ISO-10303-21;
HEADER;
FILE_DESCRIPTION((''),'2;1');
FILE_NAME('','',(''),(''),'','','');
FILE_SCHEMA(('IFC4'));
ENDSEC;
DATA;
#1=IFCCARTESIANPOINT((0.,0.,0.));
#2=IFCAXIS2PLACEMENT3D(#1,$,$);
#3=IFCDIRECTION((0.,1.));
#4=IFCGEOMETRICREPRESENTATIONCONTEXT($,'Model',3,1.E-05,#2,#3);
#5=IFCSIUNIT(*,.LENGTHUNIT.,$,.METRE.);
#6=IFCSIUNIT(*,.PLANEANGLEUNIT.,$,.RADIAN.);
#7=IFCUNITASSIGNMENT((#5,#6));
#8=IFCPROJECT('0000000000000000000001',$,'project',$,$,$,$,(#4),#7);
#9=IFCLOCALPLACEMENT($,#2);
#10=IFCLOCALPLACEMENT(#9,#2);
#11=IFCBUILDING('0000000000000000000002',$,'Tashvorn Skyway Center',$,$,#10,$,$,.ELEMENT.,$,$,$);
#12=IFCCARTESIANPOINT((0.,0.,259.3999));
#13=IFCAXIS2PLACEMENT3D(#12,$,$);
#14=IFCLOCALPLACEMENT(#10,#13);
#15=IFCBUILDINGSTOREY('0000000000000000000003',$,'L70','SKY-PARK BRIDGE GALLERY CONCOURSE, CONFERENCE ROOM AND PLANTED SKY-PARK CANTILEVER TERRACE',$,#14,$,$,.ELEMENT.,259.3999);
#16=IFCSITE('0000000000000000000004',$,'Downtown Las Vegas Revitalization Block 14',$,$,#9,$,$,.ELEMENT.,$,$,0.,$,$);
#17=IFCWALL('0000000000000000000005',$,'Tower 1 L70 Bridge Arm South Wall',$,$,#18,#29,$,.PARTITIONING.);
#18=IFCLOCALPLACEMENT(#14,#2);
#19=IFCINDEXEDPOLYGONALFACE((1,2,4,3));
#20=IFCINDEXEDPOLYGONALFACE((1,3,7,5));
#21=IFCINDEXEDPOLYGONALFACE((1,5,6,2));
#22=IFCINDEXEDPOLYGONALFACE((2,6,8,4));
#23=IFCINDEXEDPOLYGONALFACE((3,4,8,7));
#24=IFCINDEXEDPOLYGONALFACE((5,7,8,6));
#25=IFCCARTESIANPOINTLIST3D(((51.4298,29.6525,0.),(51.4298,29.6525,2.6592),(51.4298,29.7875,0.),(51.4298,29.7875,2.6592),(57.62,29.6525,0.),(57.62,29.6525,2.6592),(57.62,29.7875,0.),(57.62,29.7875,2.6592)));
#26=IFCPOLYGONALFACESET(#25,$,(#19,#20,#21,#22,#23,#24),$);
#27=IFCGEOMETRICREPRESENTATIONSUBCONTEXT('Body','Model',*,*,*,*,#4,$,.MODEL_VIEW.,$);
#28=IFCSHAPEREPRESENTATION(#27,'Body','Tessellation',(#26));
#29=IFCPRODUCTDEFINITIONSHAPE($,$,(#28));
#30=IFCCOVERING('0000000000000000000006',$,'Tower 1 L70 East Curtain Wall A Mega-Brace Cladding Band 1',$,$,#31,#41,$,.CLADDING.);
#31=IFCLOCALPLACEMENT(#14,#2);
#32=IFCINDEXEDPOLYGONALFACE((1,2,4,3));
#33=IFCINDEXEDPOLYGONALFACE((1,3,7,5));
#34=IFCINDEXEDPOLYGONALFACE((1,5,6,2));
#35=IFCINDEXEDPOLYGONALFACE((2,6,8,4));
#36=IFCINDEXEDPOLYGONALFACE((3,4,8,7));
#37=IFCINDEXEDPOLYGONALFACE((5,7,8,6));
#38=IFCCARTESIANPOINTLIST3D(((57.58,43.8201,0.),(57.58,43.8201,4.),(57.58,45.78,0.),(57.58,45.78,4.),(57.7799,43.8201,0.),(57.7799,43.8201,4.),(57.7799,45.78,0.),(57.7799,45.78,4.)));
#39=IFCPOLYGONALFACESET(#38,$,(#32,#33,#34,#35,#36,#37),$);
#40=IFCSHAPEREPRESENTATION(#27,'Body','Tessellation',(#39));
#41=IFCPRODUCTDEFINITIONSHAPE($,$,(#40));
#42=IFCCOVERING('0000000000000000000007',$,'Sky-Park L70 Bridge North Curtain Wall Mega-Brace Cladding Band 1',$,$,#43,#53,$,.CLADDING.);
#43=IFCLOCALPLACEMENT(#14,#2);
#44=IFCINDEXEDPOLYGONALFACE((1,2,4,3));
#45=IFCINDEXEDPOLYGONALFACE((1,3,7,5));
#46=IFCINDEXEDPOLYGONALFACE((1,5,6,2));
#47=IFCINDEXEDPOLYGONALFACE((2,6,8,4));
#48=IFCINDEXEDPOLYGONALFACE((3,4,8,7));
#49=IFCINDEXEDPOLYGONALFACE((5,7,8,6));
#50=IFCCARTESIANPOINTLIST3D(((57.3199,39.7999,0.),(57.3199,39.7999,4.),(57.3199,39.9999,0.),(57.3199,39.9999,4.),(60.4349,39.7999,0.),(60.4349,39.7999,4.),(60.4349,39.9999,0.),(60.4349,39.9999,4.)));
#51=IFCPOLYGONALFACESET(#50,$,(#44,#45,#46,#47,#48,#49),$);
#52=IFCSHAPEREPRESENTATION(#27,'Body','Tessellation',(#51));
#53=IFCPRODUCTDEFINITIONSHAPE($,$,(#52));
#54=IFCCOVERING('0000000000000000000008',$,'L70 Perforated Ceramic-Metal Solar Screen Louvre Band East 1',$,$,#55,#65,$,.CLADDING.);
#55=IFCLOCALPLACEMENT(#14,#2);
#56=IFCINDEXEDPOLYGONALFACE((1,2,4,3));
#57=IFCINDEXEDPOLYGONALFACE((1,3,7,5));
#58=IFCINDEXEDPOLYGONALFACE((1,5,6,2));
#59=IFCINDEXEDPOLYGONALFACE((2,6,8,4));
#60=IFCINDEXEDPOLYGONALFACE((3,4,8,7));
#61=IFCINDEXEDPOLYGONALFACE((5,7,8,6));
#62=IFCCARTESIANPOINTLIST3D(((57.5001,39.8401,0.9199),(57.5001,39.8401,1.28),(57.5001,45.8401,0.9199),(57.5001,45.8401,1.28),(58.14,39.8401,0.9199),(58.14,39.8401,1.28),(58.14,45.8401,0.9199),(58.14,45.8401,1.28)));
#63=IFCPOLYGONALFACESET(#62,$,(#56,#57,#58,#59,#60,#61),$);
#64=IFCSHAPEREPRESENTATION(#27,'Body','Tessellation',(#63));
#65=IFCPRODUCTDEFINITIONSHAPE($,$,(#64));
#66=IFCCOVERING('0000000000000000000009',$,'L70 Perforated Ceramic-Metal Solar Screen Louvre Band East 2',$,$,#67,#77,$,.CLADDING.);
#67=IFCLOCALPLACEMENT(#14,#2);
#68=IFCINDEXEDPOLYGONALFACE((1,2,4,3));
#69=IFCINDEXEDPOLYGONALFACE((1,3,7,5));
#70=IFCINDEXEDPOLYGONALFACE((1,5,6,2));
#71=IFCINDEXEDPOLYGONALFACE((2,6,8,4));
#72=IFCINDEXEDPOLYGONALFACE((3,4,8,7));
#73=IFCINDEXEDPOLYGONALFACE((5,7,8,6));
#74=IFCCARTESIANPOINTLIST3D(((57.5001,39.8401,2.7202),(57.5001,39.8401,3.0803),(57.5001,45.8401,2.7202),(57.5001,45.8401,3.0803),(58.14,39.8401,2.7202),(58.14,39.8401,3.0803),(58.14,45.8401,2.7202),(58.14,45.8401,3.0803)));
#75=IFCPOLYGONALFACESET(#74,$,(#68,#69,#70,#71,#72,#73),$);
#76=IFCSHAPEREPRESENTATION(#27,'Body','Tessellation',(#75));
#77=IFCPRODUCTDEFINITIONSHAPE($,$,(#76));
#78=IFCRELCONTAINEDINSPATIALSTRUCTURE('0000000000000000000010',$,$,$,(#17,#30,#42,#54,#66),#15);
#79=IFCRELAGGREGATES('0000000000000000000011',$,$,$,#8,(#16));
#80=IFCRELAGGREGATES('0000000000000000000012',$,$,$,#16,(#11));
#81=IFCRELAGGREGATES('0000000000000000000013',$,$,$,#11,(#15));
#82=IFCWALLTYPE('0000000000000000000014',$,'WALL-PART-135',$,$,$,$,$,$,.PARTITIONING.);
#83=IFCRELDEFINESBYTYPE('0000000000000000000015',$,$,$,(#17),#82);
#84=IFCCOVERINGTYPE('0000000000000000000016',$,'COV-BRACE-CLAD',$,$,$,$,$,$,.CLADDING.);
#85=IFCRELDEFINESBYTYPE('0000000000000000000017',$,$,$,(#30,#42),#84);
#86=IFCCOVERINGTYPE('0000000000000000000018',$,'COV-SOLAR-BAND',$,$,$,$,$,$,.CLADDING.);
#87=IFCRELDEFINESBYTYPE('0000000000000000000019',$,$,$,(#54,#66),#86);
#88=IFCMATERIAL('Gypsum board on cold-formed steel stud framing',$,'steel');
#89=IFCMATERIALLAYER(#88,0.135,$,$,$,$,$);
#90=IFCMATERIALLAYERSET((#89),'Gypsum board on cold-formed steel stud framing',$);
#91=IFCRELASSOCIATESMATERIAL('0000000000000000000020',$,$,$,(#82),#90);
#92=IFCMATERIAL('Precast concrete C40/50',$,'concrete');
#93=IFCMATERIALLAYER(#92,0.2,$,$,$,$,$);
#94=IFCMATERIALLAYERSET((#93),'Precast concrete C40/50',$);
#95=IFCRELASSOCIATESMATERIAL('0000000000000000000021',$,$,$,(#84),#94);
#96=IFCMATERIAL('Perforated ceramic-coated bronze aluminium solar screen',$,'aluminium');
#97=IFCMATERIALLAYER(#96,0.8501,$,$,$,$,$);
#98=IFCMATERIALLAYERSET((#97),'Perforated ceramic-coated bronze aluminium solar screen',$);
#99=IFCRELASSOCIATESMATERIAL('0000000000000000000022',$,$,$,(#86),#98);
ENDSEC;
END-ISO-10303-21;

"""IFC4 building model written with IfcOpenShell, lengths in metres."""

from ifc_helpers import new_model, si_unit, direction, frame, frame_2d, origin, origin_2d, place, context, subcontext, project, spatial, rectangle, extrude, material, layer, layer_set, type_object, element, save


model = new_model("IFC4")

# Units and contexts
model_context = context("Model", 3, precision=1e-05, world=origin(), true_north=direction((0.0, 1.0)))
body_context = subcontext(model_context, "Body", "Model", "MODEL_VIEW")
ifc_project = project(units=[si_unit("LENGTHUNIT", "METRE"), si_unit("PLANEANGLEUNIT", "RADIAN")], contexts=[model_context])

# Site, building, storey
site_placement = place(None, origin())
site = spatial("IfcSite", under=ifc_project, at=site_placement, Name="Downtown Las Vegas Revitalization Block 14", CompositionType="ELEMENT", RefElevation=0.0)
building_placement = place(site_placement, origin())
building = spatial("IfcBuilding", under=site, at=building_placement, Name="Tashvorn Skyway Center", CompositionType="ELEMENT")
storey_placement = place(building_placement, frame((0.0, 0.0, 259.3999)))
storey = spatial("IfcBuildingStorey", under=building, at=storey_placement, Name="L70", Description="SKY-PARK BRIDGE GALLERY CONCOURSE, CONFERENCE ROOM AND PLANTED SKY-PARK CANTILEVER TERRACE", CompositionType="ELEMENT", Elevation=259.3999)

# Wall
ifc_material_1 = material(Name="Gypsum board on cold-formed steel stud framing", Category="steel")
ifc_layer_1 = layer(ifc_material_1, 0.135)
ifc_layer_set_1 = layer_set([ifc_layer_1], Name="Gypsum board on cold-formed steel stud framing")
wall_type = type_object("IfcWallType", Name="WALL-PART-135", PredefinedType="PARTITIONING", material=ifc_layer_set_1)
wall_placement = place(storey_placement, frame((57.6201, 29.72, 0.0), z_axis=(0.0, 0.0, 1.0), x_axis=(-1.0, 0.0, 0.0)))
element("IfcWall", 1, at=wall_placement, inside=storey, type_object=wall_type, Name="Tower 1 L70 Bridge Arm South Wall", PredefinedType="PARTITIONING", context=body_context, shape_type="SweptSolid", body=[
    extrude(rectangle(XDim=6.1902, YDim=0.135, at=frame_2d((3.0952, 0.0))), origin(), (0.0, 0.0, 1.0), 2.6592),
])

# Coverings
ifc_material_2 = material(Name="Precast concrete C40/50", Category="concrete")
ifc_layer_2 = layer(ifc_material_2, 0.2)
ifc_layer_set_2 = layer_set([ifc_layer_2], Name="Precast concrete C40/50")
covering_type_1 = type_object("IfcCoveringType", Name="COV-BRACE-CLAD", PredefinedType="CLADDING", material=ifc_layer_set_2)
covering_1_placement = place(storey_placement, frame((57.6799, 44.8, 0.0), z_axis=(0.0, 0.0, 1.0), x_axis=(0.0, -1.0, 0.0)))
element("IfcCovering", 2, at=covering_1_placement, inside=storey, type_object=covering_type_1, Name="Tower 1 L70 East Curtain Wall A Mega-Brace Cladding Band 1", PredefinedType="CLADDING", context=body_context, shape_type="SweptSolid", body=[
    extrude(rectangle(XDim=1.96, YDim=0.2, at=origin_2d()), origin(), (0.0, 0.0, 1.0), 4.0),
])
covering_2_placement = place(storey_placement, frame((58.8774, 39.8999, 0.0), z_axis=(0.0, 0.0, 1.0), x_axis=(1.0, 0.0, 0.0)))
element("IfcCovering", 3, at=covering_2_placement, inside=storey, type_object=covering_type_1, Name="Sky-Park L70 Bridge North Curtain Wall Mega-Brace Cladding Band 1", PredefinedType="CLADDING", context=body_context, shape_type="SweptSolid", body=[
    extrude(rectangle(XDim=3.115, YDim=0.2, at=origin_2d()), origin(), (0.0, 0.0, 1.0), 4.0),
])
ifc_material_3 = material(Name="Perforated ceramic-coated bronze aluminium solar screen", Category="aluminium")
ifc_layer_3 = layer(ifc_material_3, 0.8501)
ifc_layer_set_3 = layer_set([ifc_layer_3], Name="Perforated ceramic-coated bronze aluminium solar screen")
covering_type_2 = type_object("IfcCoveringType", Name="COV-SOLAR-BAND", PredefinedType="CLADDING", material=ifc_layer_set_3)
for number, where, z_axis, x_axis, name in (
    (4, (57.8201, 42.8401, 0.9199), (0.0, 0.0, 1.0), (0.0, -1.0, 0.0), "L70 Perforated Ceramic-Metal Solar Screen Louvre Band East 1"),
    (5, (57.8201, 42.8401, 2.7202), (0.0, 0.0, 1.0), (0.0, -1.0, 0.0), "L70 Perforated Ceramic-Metal Solar Screen Louvre Band East 2"),
):
    element("IfcCovering", number, at=place(storey_placement, frame(where, z_axis=z_axis, x_axis=x_axis)), inside=storey, type_object=covering_type_2, Name=name, PredefinedType="CLADDING", context=body_context, shape_type="SweptSolid", body=[
        extrude(rectangle(XDim=6.0, YDim=0.6399, at=origin_2d()), origin(), (0.0, 0.0, 1.0), 0.3601),
    ])

save(model, "model.ifc")
